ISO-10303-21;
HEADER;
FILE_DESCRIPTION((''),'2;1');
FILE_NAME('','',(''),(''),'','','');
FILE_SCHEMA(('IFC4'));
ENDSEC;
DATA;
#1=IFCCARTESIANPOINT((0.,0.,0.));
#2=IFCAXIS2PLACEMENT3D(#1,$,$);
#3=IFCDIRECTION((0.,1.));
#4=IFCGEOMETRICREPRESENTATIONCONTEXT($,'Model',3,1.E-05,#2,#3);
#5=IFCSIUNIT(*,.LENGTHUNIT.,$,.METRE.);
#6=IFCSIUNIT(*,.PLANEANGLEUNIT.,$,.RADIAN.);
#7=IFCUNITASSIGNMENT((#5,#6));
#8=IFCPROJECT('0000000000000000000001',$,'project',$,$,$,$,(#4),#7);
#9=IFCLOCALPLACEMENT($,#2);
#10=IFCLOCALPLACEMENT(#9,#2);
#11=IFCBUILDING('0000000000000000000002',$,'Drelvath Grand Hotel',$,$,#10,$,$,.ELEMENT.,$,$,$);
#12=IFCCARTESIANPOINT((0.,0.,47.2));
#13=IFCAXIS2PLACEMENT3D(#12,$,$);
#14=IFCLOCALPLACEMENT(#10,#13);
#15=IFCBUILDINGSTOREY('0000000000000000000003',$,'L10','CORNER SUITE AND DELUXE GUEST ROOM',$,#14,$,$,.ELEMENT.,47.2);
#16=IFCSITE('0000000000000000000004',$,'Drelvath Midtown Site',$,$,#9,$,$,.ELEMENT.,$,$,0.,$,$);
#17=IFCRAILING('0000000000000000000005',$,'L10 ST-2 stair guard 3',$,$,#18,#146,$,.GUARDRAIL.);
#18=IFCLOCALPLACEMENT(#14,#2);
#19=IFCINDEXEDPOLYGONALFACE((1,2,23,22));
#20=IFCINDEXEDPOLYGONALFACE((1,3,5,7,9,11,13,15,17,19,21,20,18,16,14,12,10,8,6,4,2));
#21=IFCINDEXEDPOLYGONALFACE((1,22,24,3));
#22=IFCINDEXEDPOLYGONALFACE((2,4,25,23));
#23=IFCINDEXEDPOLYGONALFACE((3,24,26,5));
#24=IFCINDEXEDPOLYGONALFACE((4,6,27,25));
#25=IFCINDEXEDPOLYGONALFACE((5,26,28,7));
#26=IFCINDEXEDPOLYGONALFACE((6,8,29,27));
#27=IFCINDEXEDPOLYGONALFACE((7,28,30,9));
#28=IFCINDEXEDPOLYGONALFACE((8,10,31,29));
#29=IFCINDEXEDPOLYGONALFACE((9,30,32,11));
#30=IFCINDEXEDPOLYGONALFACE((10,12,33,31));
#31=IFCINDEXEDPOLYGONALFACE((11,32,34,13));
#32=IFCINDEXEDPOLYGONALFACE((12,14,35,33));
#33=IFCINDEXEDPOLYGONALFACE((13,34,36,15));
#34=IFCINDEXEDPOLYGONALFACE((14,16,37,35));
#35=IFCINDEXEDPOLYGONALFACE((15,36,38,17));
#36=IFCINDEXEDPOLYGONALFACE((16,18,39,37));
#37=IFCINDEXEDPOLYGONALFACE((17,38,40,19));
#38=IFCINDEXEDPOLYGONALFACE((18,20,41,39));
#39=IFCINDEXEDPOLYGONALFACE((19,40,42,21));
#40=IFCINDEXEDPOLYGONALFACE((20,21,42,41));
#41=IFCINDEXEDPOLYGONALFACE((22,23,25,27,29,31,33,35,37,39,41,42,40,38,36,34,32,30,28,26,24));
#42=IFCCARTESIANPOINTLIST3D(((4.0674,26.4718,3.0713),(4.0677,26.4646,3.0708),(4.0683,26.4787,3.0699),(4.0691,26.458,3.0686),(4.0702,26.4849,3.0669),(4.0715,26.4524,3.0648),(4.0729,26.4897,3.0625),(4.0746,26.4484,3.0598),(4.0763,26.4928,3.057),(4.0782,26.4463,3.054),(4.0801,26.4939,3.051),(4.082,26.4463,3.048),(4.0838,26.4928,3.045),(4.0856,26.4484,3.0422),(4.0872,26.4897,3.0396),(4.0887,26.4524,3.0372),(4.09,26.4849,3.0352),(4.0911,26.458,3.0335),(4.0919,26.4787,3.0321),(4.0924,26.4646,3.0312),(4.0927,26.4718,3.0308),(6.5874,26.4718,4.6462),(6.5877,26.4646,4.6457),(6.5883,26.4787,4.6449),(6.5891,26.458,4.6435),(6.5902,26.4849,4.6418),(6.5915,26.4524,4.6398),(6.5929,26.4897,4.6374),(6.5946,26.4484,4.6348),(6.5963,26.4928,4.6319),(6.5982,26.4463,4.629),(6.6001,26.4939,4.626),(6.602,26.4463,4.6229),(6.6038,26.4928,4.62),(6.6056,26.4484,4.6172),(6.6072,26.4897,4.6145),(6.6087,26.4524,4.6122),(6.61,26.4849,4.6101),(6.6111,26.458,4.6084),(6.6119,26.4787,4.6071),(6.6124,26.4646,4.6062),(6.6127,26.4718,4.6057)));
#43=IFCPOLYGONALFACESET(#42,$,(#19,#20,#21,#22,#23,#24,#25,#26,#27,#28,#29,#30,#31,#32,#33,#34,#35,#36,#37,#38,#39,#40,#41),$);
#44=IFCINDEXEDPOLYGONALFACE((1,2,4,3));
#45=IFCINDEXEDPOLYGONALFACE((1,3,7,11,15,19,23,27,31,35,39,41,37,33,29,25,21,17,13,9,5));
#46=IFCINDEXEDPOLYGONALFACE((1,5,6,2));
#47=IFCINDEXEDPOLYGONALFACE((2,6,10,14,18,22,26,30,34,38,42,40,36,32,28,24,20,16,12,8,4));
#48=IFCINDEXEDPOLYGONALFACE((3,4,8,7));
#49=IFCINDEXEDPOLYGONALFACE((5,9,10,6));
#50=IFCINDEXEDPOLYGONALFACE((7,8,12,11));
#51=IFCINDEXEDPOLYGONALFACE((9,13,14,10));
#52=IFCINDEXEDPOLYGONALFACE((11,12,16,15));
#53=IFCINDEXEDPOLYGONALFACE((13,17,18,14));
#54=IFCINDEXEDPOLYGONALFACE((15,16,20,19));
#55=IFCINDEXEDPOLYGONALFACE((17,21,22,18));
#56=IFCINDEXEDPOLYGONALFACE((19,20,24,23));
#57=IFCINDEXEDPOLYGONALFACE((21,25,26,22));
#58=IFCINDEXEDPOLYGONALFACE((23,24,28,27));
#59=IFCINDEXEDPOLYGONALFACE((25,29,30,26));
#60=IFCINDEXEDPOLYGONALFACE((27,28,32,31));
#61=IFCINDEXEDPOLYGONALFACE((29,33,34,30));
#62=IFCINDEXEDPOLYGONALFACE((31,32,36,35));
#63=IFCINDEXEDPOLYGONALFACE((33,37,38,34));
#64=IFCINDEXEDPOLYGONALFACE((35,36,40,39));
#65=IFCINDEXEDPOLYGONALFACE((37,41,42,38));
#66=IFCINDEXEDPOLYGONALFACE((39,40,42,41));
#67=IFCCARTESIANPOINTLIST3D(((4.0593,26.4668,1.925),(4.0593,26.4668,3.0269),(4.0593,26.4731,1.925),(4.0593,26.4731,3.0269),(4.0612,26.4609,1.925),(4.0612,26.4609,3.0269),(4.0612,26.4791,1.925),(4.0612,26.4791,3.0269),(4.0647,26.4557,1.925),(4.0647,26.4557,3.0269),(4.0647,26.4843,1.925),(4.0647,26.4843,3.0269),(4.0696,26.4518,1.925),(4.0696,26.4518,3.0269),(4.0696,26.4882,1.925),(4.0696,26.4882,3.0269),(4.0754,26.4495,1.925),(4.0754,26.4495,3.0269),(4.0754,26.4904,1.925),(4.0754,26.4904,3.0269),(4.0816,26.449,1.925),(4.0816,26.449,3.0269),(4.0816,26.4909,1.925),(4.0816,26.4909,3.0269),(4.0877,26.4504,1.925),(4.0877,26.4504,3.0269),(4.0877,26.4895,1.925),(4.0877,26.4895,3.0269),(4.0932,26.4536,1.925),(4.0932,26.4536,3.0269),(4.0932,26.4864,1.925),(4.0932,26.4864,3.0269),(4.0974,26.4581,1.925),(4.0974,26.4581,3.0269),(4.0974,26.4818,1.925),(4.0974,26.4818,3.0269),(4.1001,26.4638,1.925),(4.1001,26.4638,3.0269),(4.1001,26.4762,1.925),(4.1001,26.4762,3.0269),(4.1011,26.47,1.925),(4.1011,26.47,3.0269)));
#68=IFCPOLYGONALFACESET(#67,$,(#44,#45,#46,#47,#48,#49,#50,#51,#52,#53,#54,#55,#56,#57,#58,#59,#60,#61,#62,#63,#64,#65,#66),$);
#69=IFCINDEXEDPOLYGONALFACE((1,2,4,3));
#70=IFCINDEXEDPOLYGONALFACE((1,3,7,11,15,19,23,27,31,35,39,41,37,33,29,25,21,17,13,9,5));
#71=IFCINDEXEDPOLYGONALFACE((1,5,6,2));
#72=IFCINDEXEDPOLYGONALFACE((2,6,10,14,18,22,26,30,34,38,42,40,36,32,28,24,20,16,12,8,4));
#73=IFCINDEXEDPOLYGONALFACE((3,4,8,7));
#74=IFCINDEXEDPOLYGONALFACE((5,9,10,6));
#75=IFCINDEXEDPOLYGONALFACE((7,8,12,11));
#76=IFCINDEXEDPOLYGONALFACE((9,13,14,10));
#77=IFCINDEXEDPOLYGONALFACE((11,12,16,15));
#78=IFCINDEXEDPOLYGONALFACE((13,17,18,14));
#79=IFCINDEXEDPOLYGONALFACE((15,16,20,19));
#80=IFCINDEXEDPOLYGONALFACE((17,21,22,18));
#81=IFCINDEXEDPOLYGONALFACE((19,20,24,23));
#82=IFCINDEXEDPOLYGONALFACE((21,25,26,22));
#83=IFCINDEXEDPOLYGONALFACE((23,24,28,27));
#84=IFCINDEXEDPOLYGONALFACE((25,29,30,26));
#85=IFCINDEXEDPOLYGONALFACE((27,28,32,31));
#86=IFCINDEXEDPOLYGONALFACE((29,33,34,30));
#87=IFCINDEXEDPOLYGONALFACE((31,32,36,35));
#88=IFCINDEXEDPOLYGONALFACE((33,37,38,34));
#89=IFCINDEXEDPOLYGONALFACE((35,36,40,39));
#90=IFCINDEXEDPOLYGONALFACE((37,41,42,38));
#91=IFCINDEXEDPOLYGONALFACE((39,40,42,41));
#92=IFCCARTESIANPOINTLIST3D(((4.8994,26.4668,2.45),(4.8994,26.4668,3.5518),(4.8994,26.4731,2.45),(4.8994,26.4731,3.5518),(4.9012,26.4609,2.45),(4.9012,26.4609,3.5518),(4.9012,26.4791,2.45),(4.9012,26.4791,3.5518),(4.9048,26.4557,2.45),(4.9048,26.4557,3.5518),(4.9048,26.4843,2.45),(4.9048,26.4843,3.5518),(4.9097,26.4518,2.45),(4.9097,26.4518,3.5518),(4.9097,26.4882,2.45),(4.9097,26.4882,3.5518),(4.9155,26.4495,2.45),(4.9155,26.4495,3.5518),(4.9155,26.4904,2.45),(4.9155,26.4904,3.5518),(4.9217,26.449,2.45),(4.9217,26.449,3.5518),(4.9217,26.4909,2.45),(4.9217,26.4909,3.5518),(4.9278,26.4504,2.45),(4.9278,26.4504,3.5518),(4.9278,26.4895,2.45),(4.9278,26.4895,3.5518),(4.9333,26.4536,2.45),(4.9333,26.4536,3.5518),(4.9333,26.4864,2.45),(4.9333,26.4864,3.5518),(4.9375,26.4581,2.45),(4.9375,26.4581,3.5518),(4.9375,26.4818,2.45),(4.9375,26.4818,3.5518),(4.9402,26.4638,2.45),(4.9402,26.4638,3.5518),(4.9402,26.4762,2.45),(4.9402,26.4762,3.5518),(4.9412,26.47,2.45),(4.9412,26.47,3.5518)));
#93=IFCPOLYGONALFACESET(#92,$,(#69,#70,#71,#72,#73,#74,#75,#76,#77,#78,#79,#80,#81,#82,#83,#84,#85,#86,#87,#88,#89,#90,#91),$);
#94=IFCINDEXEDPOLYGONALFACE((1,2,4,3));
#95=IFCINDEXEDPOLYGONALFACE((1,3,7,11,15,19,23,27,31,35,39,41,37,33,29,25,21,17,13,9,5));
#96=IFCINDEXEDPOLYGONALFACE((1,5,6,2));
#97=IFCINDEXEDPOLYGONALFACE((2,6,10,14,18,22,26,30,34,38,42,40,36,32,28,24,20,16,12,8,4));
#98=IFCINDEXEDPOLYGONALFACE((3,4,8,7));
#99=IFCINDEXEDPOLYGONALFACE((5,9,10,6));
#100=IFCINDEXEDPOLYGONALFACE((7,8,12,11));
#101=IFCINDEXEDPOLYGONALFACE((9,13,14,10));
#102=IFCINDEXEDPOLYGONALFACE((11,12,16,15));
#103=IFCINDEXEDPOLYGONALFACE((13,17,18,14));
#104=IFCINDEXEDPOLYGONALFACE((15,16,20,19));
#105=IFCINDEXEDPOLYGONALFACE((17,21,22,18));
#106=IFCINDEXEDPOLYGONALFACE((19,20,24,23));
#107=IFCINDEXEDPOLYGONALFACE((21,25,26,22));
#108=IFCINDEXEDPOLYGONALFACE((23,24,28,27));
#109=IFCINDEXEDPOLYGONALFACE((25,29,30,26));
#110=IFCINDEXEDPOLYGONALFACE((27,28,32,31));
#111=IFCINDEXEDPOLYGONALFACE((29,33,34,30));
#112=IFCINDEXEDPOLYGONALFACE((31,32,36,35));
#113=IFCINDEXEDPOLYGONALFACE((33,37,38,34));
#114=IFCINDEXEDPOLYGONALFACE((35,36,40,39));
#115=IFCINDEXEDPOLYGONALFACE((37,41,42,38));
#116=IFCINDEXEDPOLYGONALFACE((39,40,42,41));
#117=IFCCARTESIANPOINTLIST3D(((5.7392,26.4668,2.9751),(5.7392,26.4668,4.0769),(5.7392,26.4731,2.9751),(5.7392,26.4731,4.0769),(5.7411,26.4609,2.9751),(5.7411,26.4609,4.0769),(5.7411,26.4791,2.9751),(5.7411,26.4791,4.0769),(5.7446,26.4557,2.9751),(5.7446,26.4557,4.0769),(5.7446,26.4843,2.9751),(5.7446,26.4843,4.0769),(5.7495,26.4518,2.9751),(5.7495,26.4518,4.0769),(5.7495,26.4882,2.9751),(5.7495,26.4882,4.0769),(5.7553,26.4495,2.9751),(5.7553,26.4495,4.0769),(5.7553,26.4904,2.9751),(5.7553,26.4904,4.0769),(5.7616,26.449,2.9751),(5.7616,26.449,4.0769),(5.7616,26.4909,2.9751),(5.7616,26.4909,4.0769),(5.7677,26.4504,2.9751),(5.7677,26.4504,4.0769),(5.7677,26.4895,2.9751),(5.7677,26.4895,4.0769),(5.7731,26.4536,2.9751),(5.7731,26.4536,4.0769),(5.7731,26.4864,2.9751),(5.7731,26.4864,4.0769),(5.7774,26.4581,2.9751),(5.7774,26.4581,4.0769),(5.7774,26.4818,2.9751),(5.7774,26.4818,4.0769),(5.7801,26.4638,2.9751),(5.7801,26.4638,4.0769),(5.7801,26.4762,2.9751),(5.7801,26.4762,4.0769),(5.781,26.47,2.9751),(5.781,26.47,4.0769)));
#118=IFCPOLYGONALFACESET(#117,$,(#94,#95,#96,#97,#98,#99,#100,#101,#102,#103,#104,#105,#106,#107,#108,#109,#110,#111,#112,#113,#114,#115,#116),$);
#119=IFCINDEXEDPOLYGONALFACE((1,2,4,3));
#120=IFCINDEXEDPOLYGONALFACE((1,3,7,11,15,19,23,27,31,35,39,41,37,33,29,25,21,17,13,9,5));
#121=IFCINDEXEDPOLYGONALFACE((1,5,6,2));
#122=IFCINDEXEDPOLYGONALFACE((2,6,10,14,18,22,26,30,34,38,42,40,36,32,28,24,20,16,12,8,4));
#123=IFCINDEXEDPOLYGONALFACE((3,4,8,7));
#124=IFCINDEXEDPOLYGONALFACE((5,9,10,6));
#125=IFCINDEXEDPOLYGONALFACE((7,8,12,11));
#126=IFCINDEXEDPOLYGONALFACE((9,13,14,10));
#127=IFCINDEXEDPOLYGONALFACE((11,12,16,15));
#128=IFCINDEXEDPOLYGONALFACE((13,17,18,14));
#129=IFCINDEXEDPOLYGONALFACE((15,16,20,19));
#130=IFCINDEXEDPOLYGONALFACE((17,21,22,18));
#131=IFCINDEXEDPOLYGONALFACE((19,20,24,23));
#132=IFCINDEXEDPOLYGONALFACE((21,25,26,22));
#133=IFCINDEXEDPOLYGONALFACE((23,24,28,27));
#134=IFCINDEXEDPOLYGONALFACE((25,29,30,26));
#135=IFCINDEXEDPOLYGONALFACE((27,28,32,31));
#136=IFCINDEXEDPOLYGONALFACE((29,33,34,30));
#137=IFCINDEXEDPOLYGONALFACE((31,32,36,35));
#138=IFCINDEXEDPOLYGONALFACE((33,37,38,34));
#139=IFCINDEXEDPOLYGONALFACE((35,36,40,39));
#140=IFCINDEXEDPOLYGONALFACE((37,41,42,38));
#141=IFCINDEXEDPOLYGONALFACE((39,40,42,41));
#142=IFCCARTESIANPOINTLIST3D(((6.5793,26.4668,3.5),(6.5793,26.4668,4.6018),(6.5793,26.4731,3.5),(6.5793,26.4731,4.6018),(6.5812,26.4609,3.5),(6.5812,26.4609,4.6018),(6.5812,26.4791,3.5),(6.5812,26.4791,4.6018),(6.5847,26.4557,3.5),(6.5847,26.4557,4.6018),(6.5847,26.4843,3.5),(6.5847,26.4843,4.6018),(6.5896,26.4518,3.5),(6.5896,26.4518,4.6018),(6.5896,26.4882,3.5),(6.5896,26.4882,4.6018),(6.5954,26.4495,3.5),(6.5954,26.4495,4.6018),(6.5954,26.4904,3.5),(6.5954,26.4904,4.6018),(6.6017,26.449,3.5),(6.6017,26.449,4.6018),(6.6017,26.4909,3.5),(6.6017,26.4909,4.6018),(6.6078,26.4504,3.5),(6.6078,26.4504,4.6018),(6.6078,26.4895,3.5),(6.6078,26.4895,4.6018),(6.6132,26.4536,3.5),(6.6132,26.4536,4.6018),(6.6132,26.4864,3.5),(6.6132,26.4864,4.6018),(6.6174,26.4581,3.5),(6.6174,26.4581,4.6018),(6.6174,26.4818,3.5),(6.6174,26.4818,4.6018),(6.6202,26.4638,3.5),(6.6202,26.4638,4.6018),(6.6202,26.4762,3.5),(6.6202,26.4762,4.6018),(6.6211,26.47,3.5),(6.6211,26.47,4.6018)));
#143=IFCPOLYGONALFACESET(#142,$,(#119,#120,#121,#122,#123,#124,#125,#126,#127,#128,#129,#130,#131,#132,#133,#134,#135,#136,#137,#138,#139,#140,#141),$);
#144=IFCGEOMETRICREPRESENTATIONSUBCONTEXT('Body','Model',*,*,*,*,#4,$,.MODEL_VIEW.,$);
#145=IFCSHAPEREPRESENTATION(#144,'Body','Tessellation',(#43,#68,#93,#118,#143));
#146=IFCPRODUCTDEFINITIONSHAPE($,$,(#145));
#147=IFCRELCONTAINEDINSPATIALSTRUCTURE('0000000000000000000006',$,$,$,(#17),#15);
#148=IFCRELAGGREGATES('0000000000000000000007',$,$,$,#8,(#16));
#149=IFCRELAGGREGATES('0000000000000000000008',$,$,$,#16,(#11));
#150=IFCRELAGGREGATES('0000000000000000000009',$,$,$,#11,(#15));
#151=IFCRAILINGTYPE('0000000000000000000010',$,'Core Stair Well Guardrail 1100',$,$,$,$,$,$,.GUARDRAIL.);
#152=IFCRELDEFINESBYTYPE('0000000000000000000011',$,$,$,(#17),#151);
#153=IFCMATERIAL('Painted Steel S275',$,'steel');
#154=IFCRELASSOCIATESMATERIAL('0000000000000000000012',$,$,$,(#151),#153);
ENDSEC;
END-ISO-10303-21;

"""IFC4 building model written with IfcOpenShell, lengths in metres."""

from ifc_helpers import new_model, si_unit, direction, frame, origin, origin_2d, place, context, subcontext, project, spatial, circle, extrude, material, type_object, element, save


model = new_model("IFC4")

# Units and contexts
model_context = context("Model", 3, precision=1e-05, world=origin(), true_north=direction((0.0, 1.0)))
body_context = subcontext(model_context, "Body", "Model", "MODEL_VIEW")
ifc_project = project(units=[si_unit("LENGTHUNIT", "METRE"), si_unit("PLANEANGLEUNIT", "RADIAN")], contexts=[model_context])

# Site, building, storey
site_placement = place(None, origin())
site = spatial("IfcSite", under=ifc_project, at=site_placement, Name="Drelvath Midtown Site", CompositionType="ELEMENT", RefElevation=0.0)
building_placement = place(site_placement, origin())
building = spatial("IfcBuilding", under=site, at=building_placement, Name="Drelvath Grand Hotel", CompositionType="ELEMENT")
storey_placement = place(building_placement, frame((0.0, 0.0, 47.2)))
storey = spatial("IfcBuildingStorey", under=building, at=storey_placement, Name="L10", Description="CORNER SUITE AND DELUXE GUEST ROOM", CompositionType="ELEMENT", Elevation=47.2)

# Shared definitions
ifc_material_1 = material(Name="Painted Steel S275", Category="steel")

# Railing
railing_type_1 = type_object("IfcRailingType", Name="Core Stair Well Guardrail 1100", PredefinedType="GUARDRAIL", material=ifc_material_1)
railing_1_placement = place(storey_placement, frame((4.0801, 26.47, 1.925)))
element("IfcRailing", 1, at=railing_1_placement, inside=storey, type_object=railing_type_1, Name="L10 ST-2 stair guard 3", PredefinedType="GUARDRAIL", context=body_context, shape_type="SweptSolid", body=[
    extrude(circle(Radius=0.0239, at=origin_2d()), frame((0.0, 0.0, 1.126), z_axis=(0.848008, 0.0, 0.529984), x_axis=(0.0, 1.0, 0.0)), (0.0, 0.0, 1.0), 2.9717),
    extrude(circle(Radius=0.021, at=origin_2d()), origin(), (0.0, 0.0, 1.0), 1.1018),
    extrude(circle(Radius=0.021, at=origin_2d()), frame((0.8401, 0.0, 0.5249)), (0.0, 0.0, 1.0), 1.1018),
    extrude(circle(Radius=0.021, at=origin_2d()), frame((1.6799, 0.0, 1.05)), (0.0, 0.0, 1.0), 1.1018),
    extrude(circle(Radius=0.021, at=origin_2d()), frame((2.52, 0.0, 1.575)), (0.0, 0.0, 1.0), 1.1018),
])

save(model, "model.ifc")
